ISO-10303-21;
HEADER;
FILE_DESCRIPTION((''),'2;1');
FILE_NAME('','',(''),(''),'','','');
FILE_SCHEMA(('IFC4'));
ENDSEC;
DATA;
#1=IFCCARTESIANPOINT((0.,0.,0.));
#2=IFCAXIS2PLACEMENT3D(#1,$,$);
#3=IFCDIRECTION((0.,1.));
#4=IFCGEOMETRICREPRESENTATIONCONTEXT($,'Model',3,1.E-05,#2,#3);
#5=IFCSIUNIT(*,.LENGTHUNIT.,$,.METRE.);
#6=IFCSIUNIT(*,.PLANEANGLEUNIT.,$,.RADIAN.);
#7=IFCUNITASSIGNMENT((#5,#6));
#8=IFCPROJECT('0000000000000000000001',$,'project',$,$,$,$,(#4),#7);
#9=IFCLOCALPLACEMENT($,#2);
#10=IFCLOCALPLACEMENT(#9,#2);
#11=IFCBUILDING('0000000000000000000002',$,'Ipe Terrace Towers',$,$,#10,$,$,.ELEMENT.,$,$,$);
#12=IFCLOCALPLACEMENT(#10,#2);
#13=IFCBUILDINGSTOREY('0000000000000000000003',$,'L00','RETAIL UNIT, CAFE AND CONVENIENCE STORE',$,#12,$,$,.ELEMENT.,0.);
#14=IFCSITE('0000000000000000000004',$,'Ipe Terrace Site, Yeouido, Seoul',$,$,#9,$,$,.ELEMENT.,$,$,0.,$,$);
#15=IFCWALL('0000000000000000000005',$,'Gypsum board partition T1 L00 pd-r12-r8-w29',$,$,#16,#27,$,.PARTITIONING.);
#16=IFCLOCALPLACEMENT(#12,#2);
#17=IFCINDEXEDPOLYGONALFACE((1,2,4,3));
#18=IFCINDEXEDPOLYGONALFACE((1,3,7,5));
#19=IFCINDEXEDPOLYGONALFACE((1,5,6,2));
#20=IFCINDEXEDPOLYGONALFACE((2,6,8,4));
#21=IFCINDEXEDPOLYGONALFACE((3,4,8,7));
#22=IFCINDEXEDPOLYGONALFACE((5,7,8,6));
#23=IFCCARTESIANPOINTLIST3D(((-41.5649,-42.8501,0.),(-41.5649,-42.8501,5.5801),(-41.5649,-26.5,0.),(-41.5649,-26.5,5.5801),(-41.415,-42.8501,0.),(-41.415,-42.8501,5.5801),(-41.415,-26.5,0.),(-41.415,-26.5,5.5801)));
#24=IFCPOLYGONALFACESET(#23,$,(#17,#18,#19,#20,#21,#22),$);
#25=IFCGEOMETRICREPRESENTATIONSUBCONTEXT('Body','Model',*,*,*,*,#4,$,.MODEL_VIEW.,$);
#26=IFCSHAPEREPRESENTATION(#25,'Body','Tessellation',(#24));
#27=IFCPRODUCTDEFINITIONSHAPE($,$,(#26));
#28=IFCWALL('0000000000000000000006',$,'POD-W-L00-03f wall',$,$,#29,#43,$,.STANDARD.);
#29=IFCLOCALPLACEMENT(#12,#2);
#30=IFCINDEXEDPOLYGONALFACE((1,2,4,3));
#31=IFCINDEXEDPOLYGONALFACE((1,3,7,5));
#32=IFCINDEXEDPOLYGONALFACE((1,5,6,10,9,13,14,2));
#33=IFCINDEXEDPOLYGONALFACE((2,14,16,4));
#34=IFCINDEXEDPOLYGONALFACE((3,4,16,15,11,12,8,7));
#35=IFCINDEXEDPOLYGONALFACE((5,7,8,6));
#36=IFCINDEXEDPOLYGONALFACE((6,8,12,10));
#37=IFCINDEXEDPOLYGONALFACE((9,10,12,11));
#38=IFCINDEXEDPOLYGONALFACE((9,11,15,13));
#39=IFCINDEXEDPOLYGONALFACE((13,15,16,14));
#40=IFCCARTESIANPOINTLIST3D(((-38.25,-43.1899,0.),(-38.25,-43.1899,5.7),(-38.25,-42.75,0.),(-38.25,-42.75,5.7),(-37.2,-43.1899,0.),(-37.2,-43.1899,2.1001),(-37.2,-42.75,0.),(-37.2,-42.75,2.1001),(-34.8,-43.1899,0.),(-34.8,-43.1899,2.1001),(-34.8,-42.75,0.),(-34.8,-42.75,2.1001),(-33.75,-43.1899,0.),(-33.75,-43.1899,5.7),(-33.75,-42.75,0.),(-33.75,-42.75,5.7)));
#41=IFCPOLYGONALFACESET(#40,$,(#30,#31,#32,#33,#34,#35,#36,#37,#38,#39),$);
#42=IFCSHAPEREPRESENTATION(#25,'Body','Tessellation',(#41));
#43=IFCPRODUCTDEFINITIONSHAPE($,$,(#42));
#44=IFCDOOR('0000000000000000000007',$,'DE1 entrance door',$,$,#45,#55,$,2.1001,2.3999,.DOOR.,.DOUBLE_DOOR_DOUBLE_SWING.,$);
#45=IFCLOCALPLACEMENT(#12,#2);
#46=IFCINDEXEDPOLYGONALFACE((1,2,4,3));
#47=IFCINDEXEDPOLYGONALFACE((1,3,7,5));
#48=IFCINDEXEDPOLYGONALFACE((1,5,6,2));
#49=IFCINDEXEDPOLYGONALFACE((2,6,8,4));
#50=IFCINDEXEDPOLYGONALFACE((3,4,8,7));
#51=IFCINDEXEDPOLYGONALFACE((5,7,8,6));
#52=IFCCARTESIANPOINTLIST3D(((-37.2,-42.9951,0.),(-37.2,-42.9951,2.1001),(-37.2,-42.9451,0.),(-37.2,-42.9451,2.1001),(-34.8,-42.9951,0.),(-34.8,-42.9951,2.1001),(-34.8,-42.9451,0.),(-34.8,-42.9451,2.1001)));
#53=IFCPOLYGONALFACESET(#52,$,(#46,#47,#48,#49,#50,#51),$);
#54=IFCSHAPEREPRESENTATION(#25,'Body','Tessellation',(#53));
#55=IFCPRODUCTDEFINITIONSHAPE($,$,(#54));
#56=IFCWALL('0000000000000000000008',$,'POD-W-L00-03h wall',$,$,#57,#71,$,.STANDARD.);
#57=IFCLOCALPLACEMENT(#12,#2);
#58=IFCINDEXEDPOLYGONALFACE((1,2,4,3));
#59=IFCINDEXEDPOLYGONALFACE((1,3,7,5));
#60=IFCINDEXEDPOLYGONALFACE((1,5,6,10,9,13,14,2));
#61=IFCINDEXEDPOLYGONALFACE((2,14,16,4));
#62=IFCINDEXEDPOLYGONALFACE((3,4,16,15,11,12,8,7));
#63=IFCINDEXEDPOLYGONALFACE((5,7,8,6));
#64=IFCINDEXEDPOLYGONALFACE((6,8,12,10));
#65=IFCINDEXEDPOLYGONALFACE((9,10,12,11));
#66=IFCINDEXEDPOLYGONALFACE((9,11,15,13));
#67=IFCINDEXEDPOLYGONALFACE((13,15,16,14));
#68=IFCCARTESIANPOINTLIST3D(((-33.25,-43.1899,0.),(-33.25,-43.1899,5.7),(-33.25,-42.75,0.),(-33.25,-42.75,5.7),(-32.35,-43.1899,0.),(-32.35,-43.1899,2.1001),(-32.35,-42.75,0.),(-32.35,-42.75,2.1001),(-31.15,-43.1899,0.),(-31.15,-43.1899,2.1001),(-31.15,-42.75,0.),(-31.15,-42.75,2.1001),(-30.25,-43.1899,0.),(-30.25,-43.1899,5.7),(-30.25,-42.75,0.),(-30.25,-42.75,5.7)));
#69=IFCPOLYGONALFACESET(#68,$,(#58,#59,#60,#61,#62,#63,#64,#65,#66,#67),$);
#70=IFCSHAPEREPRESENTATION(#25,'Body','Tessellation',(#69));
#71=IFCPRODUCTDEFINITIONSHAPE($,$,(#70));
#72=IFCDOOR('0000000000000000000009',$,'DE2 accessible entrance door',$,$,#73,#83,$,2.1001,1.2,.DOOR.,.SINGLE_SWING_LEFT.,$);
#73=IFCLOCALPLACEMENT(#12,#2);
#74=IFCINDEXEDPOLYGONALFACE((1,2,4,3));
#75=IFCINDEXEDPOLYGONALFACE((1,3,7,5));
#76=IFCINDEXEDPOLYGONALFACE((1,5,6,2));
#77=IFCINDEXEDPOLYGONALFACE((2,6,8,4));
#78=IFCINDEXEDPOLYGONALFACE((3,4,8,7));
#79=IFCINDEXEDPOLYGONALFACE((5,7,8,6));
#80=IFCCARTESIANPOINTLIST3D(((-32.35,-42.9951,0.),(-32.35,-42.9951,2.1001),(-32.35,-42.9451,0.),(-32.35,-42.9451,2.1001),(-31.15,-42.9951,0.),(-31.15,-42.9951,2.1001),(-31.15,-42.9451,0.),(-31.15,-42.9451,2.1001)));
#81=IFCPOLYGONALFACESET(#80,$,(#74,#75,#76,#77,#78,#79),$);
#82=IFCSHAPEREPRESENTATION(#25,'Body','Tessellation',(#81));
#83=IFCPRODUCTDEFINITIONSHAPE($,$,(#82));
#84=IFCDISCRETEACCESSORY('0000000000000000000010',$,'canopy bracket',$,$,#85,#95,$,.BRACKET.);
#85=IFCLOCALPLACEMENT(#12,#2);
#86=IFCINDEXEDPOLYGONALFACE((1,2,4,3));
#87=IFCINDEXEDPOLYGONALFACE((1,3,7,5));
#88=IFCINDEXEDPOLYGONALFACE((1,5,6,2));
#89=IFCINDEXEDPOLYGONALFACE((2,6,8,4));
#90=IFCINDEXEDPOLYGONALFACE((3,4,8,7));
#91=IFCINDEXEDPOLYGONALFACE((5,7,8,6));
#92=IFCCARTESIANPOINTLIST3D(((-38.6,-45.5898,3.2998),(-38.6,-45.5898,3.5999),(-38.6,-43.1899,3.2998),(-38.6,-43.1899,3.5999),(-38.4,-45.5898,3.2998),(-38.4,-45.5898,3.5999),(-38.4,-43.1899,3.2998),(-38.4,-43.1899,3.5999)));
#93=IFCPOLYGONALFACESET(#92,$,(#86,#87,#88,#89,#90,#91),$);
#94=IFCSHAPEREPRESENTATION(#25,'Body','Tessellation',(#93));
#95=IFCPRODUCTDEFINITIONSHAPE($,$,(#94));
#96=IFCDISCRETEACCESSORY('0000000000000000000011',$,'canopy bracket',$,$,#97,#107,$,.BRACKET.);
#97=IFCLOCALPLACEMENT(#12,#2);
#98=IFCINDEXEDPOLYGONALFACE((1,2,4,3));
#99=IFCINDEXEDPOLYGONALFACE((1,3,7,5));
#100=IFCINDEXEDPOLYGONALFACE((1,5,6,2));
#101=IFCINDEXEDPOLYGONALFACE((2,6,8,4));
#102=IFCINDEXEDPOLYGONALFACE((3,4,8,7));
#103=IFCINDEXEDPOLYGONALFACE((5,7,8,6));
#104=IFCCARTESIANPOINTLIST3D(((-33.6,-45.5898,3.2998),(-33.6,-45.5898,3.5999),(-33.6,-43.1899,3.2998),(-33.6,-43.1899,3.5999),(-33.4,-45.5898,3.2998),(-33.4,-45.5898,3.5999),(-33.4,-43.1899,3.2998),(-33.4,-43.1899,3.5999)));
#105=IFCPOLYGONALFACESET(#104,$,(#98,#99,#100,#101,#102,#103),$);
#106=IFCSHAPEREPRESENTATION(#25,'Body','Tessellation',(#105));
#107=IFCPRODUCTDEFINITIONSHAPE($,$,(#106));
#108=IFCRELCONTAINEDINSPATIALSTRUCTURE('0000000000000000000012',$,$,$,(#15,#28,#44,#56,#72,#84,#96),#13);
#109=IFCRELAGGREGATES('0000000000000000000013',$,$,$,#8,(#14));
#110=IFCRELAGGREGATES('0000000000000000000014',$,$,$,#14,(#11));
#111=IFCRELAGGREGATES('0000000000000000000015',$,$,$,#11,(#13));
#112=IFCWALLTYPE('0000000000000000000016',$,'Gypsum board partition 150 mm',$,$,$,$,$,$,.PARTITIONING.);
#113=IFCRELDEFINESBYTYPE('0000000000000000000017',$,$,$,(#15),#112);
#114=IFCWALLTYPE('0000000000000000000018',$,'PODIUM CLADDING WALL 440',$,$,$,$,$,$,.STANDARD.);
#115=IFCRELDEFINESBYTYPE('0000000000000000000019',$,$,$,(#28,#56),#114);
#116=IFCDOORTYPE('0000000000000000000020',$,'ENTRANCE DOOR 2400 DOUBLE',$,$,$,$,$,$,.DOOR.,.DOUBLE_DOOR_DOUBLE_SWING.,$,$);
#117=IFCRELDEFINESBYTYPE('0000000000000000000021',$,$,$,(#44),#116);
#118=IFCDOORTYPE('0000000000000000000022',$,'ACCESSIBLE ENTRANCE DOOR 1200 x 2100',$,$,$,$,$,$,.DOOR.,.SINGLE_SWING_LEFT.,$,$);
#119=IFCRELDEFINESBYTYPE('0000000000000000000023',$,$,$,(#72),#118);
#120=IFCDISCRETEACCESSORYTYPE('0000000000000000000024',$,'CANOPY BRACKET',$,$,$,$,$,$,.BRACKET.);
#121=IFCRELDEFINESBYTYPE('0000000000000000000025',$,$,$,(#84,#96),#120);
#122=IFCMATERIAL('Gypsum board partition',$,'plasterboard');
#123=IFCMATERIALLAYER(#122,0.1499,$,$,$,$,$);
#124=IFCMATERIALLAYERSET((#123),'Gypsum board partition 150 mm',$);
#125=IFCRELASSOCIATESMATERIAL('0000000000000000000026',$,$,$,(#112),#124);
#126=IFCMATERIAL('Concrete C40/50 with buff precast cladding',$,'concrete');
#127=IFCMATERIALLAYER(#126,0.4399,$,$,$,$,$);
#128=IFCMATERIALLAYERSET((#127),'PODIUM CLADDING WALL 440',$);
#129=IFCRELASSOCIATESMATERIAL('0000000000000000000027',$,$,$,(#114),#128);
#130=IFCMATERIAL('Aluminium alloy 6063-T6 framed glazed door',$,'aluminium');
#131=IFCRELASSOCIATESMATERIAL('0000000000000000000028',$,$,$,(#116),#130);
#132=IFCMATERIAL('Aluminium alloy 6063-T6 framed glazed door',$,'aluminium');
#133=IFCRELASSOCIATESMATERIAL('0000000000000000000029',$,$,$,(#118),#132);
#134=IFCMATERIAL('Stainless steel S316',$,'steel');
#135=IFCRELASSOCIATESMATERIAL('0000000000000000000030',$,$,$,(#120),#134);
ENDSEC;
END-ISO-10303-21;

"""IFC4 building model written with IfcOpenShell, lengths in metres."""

from ifc_helpers import new_model, si_unit, direction, frame, frame_2d, origin, origin_2d, place, context, subcontext, project, spatial, rectangle, extrude, material, layer, layer_set, type_object, element, fill, save


model = new_model("IFC4")

# Units and contexts
model_context = context("Model", 3, precision=1e-05, world=origin(), true_north=direction((0.0, 1.0)))
body_context = subcontext(model_context, "Body", "Model", "MODEL_VIEW")
ifc_project = project(units=[si_unit("LENGTHUNIT", "METRE"), si_unit("PLANEANGLEUNIT", "RADIAN")], contexts=[model_context])

# Site, building, storey
site_placement = place(None, origin())
site = spatial("IfcSite", under=ifc_project, at=site_placement, Name="Ipe Terrace Site, Yeouido, Seoul", CompositionType="ELEMENT", RefElevation=0.0)
building_placement = place(site_placement, origin())
building = spatial("IfcBuilding", under=site, at=building_placement, Name="Ipe Terrace Towers", CompositionType="ELEMENT")
storey_placement = place(building_placement, origin())
storey = spatial("IfcBuildingStorey", under=building, at=storey_placement, Name="L00", Description="RETAIL UNIT, CAFE AND CONVENIENCE STORE", CompositionType="ELEMENT", Elevation=0.0)

# Wall
ifc_material_1 = material(Name="Gypsum board partition", Category="plasterboard")
ifc_layer_1 = layer(ifc_material_1, 0.1499)
ifc_layer_set_1 = layer_set([ifc_layer_1], Name="Gypsum board partition 150 mm")
wall_type_1 = type_object("IfcWallType", Name="Gypsum board partition 150 mm", PredefinedType="PARTITIONING", material=ifc_layer_set_1)
wall_1_placement = place(storey_placement, frame((-41.49, -42.8501, 0.0), z_axis=(0.0, 0.0, 1.0), x_axis=(0.0, 1.0, 0.0)))
element("IfcWall", 1, at=wall_1_placement, inside=storey, type_object=wall_type_1, Name="Gypsum board partition T1 L00 pd-r12-r8-w29", PredefinedType="PARTITIONING", context=body_context, shape_type="SweptSolid", body=[
    extrude(rectangle(XDim=16.3501, YDim=0.1499, at=frame_2d((8.175, 0.0))), origin(), (0.0, 0.0, 1.0), 5.5801),
])

# Walls, openings, doors
ifc_material_2 = material(Name="Concrete C40/50 with buff precast cladding", Category="concrete")
ifc_layer_2 = layer(ifc_material_2, 0.4399)
ifc_layer_set_2 = layer_set([ifc_layer_2], Name="PODIUM CLADDING WALL 440")
wall_type_2 = type_object("IfcWallType", Name="PODIUM CLADDING WALL 440", PredefinedType="STANDARD", material=ifc_layer_set_2)
wall_2_placement = place(storey_placement, frame((-38.25, -42.97, 0.0), z_axis=(0.0, 0.0, 1.0), x_axis=(1.0, 0.0, 0.0)))
wall_2 = element("IfcWall", 2, at=wall_2_placement, inside=storey, type_object=wall_type_2, Name="POD-W-L00-03f wall", PredefinedType="STANDARD", context=body_context, shape_type="SweptSolid", body=[
    extrude(rectangle(XDim=4.5, YDim=0.4399, at=frame_2d((2.25, 0.0))), origin(), (0.0, 0.0, 1.0), 5.7),
])
opening_1_placement = place(wall_2_placement, frame((1.05, 0.0, 0.0)))
opening_1 = element("IfcOpeningElement", 3, at=opening_1_placement, cuts=wall_2, PredefinedType="OPENING", context=body_context, shape_type="SweptSolid", body=[
    extrude(rectangle(XDim=2.3999, YDim=2.1001, at=frame_2d((1.2, 1.05))), frame((0.0, 0.23, 0.0), z_axis=(0.0, -1.0, 0.0), x_axis=(1.0, 0.0, 0.0)), (0.0, 0.0, 1.0), 0.46),
])
ifc_material_3 = material(Name="Aluminium alloy 6063-T6 framed glazed door", Category="aluminium")
door_type_1 = type_object("IfcDoorType", Name="ENTRANCE DOOR 2400 DOUBLE", OperationType="DOUBLE_DOOR_DOUBLE_SWING", PredefinedType="DOOR", material=ifc_material_3)
door_1_placement = place(opening_1_placement, origin())
door_1 = element("IfcDoor", 4, at=door_1_placement, inside=storey, type_object=door_type_1, Name="DE1 entrance door", OperationType="DOUBLE_DOOR_DOUBLE_SWING", OverallHeight=2.1001, OverallWidth=2.3999, PredefinedType="DOOR", context=body_context, shape_type="SweptSolid", body=[
    extrude(rectangle(XDim=2.3999, YDim=2.1001, at=frame_2d((1.2, 1.05))), frame((0.0, 0.0249, 0.0), z_axis=(0.0, -1.0, 0.0), x_axis=(1.0, 0.0, 0.0)), (0.0, 0.0, 1.0), 0.05),
])
fill(opening_1, door_1)
wall_3_placement = place(storey_placement, frame((-33.25, -42.97, 0.0), z_axis=(0.0, 0.0, 1.0), x_axis=(1.0, 0.0, 0.0)))
wall_3 = element("IfcWall", 5, at=wall_3_placement, inside=storey, type_object=wall_type_2, Name="POD-W-L00-03h wall", PredefinedType="STANDARD", context=body_context, shape_type="SweptSolid", body=[
    extrude(rectangle(XDim=3.0, YDim=0.4399, at=frame_2d((1.5, 0.0))), origin(), (0.0, 0.0, 1.0), 5.7),
])
opening_2_placement = place(wall_3_placement, frame((0.8999, 0.0, 0.0)))
opening_2 = element("IfcOpeningElement", 6, at=opening_2_placement, cuts=wall_3, PredefinedType="OPENING", context=body_context, shape_type="SweptSolid", body=[
    extrude(rectangle(XDim=1.2, YDim=2.1001, at=frame_2d((0.6001, 1.05))), frame((0.0, 0.23, 0.0), z_axis=(0.0, -1.0, 0.0), x_axis=(1.0, 0.0, 0.0)), (0.0, 0.0, 1.0), 0.46),
])
ifc_material_4 = material(Name="Aluminium alloy 6063-T6 framed glazed door", Category="aluminium")
door_type_2 = type_object("IfcDoorType", Name="ACCESSIBLE ENTRANCE DOOR 1200 x 2100", OperationType="SINGLE_SWING_LEFT", PredefinedType="DOOR", material=ifc_material_4)
door_2_placement = place(opening_2_placement, origin())
door_2 = element("IfcDoor", 7, at=door_2_placement, inside=storey, type_object=door_type_2, Name="DE2 accessible entrance door", OperationType="SINGLE_SWING_LEFT", OverallHeight=2.1001, OverallWidth=1.2, PredefinedType="DOOR", context=body_context, shape_type="SweptSolid", body=[
    extrude(rectangle(XDim=1.2, YDim=2.1001, at=frame_2d((0.6001, 1.05))), frame((0.0, 0.0249, 0.0), z_axis=(0.0, -1.0, 0.0), x_axis=(1.0, 0.0, 0.0)), (0.0, 0.0, 1.0), 0.05),
])
fill(opening_2, door_2)

# Discrete accessories
ifc_material_5 = material(Name="Stainless steel S316", Category="steel")
discrete_accessory_type = type_object("IfcDiscreteAccessoryType", Name="CANOPY BRACKET", PredefinedType="BRACKET", material=ifc_material_5)
for number, where, z_axis, x_axis, name in (
    (8, (-38.5, -44.3899, 3.2998), (0.0, 0.0, 1.0), (1.0, 0.0, 0.0), "canopy bracket"),
    (9, (-33.5, -44.3899, 3.2998), (0.0, 0.0, 1.0), (1.0, 0.0, 0.0), "canopy bracket"),
):
    element("IfcDiscreteAccessory", number, at=place(storey_placement, frame(where, z_axis=z_axis, x_axis=x_axis)), inside=storey, type_object=discrete_accessory_type, Name=name, PredefinedType="BRACKET", context=body_context, shape_type="SweptSolid", body=[
        extrude(rectangle(XDim=0.2, YDim=2.3999, at=origin_2d()), origin(), (0.0, 0.0, 1.0), 0.3),
    ])

save(model, "model.ifc")
